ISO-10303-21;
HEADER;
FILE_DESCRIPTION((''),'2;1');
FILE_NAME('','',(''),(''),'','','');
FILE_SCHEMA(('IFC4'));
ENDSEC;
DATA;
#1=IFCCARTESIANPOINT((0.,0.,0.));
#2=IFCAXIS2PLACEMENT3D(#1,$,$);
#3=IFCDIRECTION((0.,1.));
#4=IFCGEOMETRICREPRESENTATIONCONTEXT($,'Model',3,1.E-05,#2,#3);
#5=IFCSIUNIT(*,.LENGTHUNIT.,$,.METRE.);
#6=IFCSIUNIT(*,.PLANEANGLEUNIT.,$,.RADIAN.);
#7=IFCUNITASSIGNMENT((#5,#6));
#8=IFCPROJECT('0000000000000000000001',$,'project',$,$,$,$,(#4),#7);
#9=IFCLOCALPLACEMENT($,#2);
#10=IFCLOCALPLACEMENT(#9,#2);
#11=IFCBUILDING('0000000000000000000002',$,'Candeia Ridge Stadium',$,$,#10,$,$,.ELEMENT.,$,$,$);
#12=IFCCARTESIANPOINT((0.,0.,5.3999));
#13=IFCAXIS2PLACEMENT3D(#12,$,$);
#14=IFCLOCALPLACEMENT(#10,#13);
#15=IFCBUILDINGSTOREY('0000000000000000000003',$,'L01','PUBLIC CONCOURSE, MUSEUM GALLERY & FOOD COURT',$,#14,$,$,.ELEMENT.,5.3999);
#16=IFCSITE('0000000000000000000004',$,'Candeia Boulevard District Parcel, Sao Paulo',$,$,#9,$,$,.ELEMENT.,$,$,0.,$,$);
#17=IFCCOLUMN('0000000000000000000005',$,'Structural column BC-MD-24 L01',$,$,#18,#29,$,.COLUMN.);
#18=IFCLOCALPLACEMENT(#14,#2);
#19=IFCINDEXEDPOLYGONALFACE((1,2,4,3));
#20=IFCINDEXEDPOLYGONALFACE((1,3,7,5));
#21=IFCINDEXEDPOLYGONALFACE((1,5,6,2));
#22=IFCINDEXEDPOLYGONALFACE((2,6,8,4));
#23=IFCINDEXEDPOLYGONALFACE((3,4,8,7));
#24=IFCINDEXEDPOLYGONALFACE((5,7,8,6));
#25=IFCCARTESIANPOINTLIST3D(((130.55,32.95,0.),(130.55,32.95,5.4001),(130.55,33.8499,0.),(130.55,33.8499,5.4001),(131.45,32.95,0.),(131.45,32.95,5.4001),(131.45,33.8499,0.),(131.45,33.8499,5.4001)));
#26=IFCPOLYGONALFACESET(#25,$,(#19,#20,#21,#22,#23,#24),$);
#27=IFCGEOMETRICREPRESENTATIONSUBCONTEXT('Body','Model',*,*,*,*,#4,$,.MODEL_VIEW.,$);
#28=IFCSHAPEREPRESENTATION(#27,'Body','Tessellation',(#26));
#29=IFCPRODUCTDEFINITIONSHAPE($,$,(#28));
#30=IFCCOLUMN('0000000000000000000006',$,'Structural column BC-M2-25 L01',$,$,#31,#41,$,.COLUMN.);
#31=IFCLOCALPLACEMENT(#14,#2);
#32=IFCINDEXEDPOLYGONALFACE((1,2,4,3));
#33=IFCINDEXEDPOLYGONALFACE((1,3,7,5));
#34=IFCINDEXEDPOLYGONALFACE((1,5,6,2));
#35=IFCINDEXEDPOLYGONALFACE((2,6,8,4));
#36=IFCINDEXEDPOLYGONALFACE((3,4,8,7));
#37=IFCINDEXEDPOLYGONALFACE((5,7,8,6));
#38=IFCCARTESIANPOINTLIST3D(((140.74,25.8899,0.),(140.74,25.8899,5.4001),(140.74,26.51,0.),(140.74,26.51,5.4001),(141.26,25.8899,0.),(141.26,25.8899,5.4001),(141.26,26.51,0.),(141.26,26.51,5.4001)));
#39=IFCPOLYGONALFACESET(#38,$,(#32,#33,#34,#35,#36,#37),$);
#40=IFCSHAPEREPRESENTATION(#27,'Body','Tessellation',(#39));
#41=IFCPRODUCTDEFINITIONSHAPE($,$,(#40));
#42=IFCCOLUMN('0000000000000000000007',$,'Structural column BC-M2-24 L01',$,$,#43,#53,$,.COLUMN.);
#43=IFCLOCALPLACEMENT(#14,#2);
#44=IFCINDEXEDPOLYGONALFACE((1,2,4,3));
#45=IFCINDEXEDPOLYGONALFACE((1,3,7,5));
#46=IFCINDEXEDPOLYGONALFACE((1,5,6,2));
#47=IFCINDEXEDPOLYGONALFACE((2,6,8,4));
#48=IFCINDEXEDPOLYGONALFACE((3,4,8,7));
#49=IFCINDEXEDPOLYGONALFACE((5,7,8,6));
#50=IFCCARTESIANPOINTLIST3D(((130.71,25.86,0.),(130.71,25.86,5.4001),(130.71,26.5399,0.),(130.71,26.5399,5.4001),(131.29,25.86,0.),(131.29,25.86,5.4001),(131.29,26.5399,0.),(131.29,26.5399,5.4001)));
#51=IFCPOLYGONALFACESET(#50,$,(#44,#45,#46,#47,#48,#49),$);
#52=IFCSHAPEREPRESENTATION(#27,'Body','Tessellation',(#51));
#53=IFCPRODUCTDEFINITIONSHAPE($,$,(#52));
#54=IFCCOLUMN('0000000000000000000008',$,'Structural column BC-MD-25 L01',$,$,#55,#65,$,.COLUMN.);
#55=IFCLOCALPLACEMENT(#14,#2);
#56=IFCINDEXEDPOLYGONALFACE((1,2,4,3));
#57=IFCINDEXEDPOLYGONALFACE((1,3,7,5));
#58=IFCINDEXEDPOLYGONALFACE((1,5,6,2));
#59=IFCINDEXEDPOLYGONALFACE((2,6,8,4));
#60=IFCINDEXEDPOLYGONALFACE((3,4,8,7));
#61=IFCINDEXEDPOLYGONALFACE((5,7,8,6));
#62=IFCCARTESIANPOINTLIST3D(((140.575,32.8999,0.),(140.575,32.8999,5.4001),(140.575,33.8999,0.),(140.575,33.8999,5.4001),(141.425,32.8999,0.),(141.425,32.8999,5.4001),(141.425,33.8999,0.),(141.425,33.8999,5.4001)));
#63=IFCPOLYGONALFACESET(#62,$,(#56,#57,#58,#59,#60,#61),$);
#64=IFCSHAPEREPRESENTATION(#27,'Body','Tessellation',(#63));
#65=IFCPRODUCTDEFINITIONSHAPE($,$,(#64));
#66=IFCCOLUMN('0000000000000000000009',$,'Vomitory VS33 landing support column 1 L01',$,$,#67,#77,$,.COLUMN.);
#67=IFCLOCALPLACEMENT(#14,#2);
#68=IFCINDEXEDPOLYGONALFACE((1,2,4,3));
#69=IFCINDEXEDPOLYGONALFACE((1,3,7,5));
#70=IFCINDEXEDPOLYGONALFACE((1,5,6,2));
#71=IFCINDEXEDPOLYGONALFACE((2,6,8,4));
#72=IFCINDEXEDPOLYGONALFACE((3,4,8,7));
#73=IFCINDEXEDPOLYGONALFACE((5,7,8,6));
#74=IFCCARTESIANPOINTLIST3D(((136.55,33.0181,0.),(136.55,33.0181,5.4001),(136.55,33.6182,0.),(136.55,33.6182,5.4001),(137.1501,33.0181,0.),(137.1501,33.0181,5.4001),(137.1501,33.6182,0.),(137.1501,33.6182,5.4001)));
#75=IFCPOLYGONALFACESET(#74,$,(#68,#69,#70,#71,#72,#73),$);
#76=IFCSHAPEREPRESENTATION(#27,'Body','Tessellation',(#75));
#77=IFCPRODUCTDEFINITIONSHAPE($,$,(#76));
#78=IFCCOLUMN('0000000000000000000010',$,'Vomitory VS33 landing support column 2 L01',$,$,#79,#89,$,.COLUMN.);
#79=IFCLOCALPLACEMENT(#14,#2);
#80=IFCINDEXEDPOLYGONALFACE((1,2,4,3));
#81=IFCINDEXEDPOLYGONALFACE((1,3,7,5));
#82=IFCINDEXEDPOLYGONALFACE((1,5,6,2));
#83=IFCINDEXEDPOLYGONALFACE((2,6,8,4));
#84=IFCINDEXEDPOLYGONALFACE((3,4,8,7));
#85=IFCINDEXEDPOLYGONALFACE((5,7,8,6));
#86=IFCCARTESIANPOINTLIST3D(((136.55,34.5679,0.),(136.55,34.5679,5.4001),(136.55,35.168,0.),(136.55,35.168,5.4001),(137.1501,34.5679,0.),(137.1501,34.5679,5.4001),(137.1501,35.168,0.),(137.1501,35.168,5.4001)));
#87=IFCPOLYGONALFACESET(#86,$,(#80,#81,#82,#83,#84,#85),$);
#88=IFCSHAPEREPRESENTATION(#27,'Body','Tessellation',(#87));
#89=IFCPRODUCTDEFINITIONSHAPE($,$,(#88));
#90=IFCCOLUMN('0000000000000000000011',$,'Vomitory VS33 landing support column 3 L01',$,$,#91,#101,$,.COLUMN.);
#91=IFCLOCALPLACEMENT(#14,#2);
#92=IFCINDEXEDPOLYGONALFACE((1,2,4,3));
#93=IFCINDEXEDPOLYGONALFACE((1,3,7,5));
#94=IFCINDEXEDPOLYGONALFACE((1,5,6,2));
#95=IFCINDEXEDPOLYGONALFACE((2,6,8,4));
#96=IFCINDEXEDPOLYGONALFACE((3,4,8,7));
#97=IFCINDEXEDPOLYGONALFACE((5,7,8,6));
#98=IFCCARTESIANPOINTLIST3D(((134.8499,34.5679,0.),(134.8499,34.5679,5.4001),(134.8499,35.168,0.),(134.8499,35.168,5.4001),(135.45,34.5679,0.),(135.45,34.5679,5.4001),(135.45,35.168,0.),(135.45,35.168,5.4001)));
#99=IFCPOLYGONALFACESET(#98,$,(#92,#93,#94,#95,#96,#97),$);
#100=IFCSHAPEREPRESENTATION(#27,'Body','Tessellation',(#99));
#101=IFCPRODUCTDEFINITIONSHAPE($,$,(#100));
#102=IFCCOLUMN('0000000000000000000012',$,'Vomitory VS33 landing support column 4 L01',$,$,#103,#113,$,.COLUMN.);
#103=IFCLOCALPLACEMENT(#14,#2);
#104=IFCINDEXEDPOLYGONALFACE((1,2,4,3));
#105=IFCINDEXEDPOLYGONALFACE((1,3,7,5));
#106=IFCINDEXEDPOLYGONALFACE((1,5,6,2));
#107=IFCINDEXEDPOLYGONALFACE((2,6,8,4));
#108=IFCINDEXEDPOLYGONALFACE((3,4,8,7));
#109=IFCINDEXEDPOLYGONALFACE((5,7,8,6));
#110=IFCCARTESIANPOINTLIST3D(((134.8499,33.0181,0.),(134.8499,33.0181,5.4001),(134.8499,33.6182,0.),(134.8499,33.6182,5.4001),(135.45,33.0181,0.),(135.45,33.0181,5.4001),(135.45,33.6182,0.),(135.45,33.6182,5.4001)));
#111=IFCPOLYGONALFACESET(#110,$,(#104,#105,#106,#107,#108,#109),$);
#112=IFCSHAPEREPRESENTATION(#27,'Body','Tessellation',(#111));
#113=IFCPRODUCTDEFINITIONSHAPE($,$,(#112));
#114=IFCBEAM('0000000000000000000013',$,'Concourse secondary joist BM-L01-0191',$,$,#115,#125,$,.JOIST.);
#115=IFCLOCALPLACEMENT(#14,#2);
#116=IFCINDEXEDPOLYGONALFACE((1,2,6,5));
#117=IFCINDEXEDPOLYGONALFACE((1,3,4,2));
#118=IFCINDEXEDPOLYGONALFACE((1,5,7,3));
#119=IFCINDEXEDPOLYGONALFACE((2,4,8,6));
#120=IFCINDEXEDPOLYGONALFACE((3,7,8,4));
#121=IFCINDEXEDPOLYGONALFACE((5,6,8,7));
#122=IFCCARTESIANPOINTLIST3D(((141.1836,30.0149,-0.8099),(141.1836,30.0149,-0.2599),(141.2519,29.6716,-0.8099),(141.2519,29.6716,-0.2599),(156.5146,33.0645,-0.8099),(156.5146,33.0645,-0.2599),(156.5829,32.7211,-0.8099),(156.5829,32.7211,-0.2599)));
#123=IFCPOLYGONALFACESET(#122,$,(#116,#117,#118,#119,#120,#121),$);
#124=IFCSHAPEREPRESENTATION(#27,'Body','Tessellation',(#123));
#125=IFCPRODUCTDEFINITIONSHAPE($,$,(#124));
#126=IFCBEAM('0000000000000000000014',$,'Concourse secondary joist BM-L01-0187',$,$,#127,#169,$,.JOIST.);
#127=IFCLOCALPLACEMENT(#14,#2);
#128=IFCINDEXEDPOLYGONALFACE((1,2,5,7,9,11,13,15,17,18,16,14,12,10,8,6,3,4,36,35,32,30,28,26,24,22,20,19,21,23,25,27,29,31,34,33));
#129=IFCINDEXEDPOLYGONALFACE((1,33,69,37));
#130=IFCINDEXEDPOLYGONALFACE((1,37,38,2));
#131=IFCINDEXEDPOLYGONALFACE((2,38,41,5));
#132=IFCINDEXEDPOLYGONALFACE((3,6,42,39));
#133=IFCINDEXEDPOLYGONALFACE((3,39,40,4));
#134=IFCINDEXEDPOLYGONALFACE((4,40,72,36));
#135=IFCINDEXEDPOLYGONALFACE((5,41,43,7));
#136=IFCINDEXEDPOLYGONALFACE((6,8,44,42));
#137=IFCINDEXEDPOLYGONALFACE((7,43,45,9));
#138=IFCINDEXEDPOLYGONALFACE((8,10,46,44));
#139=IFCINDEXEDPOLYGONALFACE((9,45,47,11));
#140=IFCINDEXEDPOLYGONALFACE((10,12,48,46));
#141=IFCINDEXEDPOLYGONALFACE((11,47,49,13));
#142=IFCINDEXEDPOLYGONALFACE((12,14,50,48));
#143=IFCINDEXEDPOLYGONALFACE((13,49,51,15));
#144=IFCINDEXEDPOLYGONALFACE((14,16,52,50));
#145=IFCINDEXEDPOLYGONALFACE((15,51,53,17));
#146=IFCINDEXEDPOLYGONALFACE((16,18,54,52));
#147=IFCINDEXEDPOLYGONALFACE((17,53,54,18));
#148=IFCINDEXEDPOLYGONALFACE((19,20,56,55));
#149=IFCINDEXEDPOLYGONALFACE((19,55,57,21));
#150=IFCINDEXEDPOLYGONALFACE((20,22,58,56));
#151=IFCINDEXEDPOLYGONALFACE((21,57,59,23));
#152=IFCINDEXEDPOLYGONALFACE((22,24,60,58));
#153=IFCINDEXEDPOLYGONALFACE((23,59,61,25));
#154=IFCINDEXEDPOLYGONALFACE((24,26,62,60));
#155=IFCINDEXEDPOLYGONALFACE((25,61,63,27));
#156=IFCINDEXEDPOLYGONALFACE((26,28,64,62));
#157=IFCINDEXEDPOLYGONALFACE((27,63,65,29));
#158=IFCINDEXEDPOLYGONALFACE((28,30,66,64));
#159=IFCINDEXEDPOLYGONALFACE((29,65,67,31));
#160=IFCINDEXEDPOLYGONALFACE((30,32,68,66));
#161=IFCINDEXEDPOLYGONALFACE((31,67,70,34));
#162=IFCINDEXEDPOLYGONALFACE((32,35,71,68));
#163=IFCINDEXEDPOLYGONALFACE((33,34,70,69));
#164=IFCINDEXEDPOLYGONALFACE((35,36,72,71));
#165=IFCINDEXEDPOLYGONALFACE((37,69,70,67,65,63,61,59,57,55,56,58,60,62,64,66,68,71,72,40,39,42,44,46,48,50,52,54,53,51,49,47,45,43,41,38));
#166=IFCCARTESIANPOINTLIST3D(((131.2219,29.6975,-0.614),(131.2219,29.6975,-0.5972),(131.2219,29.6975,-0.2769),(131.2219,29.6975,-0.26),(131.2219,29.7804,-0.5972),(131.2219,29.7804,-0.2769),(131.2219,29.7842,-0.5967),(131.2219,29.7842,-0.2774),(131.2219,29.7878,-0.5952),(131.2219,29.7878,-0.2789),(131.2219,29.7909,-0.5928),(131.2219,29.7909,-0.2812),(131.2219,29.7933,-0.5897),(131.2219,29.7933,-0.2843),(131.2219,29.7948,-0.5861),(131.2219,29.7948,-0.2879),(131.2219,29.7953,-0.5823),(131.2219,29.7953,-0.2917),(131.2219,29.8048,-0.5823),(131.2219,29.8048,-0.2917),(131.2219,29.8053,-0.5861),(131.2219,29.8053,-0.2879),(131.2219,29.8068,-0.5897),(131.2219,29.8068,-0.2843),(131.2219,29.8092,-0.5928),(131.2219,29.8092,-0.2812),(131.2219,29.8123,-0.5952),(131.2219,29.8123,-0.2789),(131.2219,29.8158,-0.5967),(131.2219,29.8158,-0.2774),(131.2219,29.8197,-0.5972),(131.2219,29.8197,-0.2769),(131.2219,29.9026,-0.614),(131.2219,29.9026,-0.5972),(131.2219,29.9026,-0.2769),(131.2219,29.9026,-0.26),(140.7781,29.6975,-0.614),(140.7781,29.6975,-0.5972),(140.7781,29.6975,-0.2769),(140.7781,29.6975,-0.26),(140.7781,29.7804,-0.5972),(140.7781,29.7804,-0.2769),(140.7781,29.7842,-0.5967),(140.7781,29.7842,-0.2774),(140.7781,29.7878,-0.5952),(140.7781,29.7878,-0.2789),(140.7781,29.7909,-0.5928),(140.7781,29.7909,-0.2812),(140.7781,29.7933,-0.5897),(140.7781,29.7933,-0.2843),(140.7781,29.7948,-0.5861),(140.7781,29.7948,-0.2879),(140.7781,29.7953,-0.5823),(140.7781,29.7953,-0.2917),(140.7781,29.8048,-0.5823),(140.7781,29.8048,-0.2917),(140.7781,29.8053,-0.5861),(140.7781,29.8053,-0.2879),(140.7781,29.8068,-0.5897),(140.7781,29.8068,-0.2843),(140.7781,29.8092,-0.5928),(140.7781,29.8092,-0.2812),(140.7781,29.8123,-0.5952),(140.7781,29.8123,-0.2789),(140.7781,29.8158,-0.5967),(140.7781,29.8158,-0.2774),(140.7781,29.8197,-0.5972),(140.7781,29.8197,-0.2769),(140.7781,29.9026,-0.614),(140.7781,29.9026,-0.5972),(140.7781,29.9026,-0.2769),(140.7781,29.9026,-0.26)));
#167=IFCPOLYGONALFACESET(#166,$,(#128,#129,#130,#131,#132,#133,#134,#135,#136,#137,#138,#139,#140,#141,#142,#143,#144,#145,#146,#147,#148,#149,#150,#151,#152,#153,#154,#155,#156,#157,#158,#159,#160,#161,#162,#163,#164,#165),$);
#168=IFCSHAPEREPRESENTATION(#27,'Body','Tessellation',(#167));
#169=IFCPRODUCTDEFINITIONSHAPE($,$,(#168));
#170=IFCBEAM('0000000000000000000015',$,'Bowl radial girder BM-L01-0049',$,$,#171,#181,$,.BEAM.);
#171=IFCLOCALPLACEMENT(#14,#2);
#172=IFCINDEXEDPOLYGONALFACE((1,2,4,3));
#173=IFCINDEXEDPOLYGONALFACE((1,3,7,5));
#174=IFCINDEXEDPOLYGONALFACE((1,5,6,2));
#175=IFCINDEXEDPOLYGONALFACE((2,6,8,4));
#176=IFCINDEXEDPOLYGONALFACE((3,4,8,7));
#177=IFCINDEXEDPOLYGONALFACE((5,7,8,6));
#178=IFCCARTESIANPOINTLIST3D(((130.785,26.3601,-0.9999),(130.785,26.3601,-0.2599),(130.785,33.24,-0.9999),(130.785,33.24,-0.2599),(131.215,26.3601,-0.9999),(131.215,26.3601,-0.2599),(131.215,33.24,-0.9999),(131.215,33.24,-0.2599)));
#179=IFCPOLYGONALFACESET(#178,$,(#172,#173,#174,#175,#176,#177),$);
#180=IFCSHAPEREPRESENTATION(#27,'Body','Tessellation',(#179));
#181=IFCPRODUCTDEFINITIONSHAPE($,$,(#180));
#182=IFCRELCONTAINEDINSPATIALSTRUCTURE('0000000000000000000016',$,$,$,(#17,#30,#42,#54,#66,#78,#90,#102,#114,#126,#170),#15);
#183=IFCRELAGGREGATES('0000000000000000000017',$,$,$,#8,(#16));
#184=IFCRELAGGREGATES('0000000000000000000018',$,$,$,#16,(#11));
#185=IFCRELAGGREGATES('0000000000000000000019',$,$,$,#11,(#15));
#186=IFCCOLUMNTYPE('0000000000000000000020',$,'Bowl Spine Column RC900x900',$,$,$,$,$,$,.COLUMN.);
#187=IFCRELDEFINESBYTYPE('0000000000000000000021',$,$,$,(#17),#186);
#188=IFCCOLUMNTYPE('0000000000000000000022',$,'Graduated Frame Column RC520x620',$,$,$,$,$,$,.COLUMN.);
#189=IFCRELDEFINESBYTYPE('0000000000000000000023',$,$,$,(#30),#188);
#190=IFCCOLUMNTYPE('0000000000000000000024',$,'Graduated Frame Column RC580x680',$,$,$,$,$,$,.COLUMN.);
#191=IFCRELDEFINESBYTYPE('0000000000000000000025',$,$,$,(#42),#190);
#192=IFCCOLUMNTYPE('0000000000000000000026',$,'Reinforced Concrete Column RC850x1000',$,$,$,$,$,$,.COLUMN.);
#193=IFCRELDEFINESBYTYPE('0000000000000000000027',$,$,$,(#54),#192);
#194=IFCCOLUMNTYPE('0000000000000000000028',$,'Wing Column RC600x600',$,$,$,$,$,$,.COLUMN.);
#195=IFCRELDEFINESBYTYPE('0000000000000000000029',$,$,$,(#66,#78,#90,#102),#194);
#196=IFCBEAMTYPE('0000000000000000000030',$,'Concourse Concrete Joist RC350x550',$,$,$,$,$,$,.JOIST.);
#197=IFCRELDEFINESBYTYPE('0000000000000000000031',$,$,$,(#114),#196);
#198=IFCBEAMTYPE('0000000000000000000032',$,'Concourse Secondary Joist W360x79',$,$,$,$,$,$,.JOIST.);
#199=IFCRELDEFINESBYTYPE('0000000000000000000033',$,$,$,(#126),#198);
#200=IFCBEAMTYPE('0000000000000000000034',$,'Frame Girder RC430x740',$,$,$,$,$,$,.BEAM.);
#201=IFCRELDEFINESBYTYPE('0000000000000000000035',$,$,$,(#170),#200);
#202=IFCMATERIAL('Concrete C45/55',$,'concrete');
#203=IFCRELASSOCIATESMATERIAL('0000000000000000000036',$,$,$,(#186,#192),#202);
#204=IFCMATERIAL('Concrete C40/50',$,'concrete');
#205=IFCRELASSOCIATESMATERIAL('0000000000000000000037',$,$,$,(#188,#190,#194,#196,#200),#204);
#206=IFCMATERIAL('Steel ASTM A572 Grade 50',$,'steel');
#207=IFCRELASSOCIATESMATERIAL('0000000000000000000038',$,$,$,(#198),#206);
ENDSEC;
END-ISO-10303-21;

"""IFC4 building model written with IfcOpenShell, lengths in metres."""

from ifc_helpers import new_model, si_unit, direction, frame, origin, origin_2d, place, context, subcontext, project, spatial, rectangle, i_section, extrude, material, material_profile, profile_set, type_object, element, save


model = new_model("IFC4")

# Units and contexts
model_context = context("Model", 3, precision=1e-05, world=origin(), true_north=direction((0.0, 1.0)))
body_context = subcontext(model_context, "Body", "Model", "MODEL_VIEW")
ifc_project = project(units=[si_unit("LENGTHUNIT", "METRE"), si_unit("PLANEANGLEUNIT", "RADIAN")], contexts=[model_context])

# Site, building, storey
site_placement = place(None, origin())
site = spatial("IfcSite", under=ifc_project, at=site_placement, Name="Candeia Boulevard District Parcel, Sao Paulo", CompositionType="ELEMENT", RefElevation=0.0)
building_placement = place(site_placement, origin())
building = spatial("IfcBuilding", under=site, at=building_placement, Name="Candeia Ridge Stadium", CompositionType="ELEMENT")
storey_placement = place(building_placement, frame((0.0, 0.0, 5.3999)))
storey = spatial("IfcBuildingStorey", under=building, at=storey_placement, Name="L01", Description="PUBLIC CONCOURSE, MUSEUM GALLERY & FOOD COURT", CompositionType="ELEMENT", Elevation=5.3999)

# Columns
ifc_material_1 = material(Name="Concrete C45/55", Category="concrete")
ifc_material_profile_1 = material_profile(ifc_material_1, rectangle(XDim=0.8999, YDim=0.8999, at=origin_2d()), Name="RC900x900", Category="concrete")
ifc_profile_set_1 = profile_set([ifc_material_profile_1], Name="Concrete C45/55")
column_type_1 = type_object("IfcColumnType", Name="Bowl Spine Column RC900x900", PredefinedType="COLUMN", material=ifc_profile_set_1)
column_1_placement = place(storey_placement, frame((131.0, 33.3999, 0.0), z_axis=(0.0, 0.0, 1.0), x_axis=(1.0, 0.0, 0.0)))
element("IfcColumn", 1, at=column_1_placement, inside=storey, type_object=column_type_1, Name="Structural column BC-MD-24 L01", PredefinedType="COLUMN", context=body_context, shape_type="SweptSolid", body=[
    extrude(rectangle(XDim=0.8999, YDim=0.8999, at=origin_2d()), origin(), (0.0, 0.0, 1.0), 5.4001),
])
ifc_material_2 = material(Name="Concrete C40/50", Category="concrete")
ifc_material_profile_2 = material_profile(ifc_material_2, rectangle(XDim=0.52, YDim=0.6201, at=origin_2d()), Name="RC520x620", Category="concrete")
ifc_profile_set_2 = profile_set([ifc_material_profile_2], Name="Concrete C40/50")
column_type_2 = type_object("IfcColumnType", Name="Graduated Frame Column RC520x620", PredefinedType="COLUMN", material=ifc_profile_set_2)
column_2_placement = place(storey_placement, frame((141.0, 26.2, 0.0), z_axis=(0.0, 0.0, 1.0), x_axis=(1.0, 0.0, 0.0)))
element("IfcColumn", 2, at=column_2_placement, inside=storey, type_object=column_type_2, Name="Structural column BC-M2-25 L01", PredefinedType="COLUMN", context=body_context, shape_type="SweptSolid", body=[
    extrude(rectangle(XDim=0.52, YDim=0.6201, at=origin_2d()), origin(), (0.0, 0.0, 1.0), 5.4001),
])
ifc_material_profile_3 = material_profile(ifc_material_2, rectangle(XDim=0.5801, YDim=0.6799, at=origin_2d()), Name="RC580x680", Category="concrete")
ifc_profile_set_3 = profile_set([ifc_material_profile_3], Name="Concrete C40/50")
column_type_3 = type_object("IfcColumnType", Name="Graduated Frame Column RC580x680", PredefinedType="COLUMN", material=ifc_profile_set_3)
column_3_placement = place(storey_placement, frame((131.0, 26.2, 0.0), z_axis=(0.0, 0.0, 1.0), x_axis=(1.0, 0.0, 0.0)))
element("IfcColumn", 3, at=column_3_placement, inside=storey, type_object=column_type_3, Name="Structural column BC-M2-24 L01", PredefinedType="COLUMN", context=body_context, shape_type="SweptSolid", body=[
    extrude(rectangle(XDim=0.5801, YDim=0.6799, at=origin_2d()), origin(), (0.0, 0.0, 1.0), 5.4001),
])
ifc_material_profile_4 = material_profile(ifc_material_1, rectangle(XDim=0.8501, YDim=1.0, at=origin_2d()), Name="RC850x1000", Category="concrete")
ifc_profile_set_4 = profile_set([ifc_material_profile_4], Name="Concrete C45/55")
column_type_4 = type_object("IfcColumnType", Name="Reinforced Concrete Column RC850x1000", PredefinedType="COLUMN", material=ifc_profile_set_4)
column_4_placement = place(storey_placement, frame((141.0, 33.3999, 0.0), z_axis=(0.0, 0.0, 1.0), x_axis=(1.0, 0.0, 0.0)))
element("IfcColumn", 4, at=column_4_placement, inside=storey, type_object=column_type_4, Name="Structural column BC-MD-25 L01", PredefinedType="COLUMN", context=body_context, shape_type="SweptSolid", body=[
    extrude(rectangle(XDim=0.8501, YDim=1.0, at=origin_2d()), origin(), (0.0, 0.0, 1.0), 5.4001),
])
ifc_material_profile_5 = material_profile(ifc_material_2, rectangle(XDim=0.6001, YDim=0.6001, at=origin_2d()), Name="RC600x600", Category="concrete")
ifc_profile_set_5 = profile_set([ifc_material_profile_5], Name="Concrete C40/50")
column_type_5 = type_object("IfcColumnType", Name="Wing Column RC600x600", PredefinedType="COLUMN", material=ifc_profile_set_5)
for number, where, z_axis, x_axis, name in (
    (5, (136.8501, 33.3181, 0.0), (0.0, 0.0, 1.0), (1.0, 0.0, 0.0), "Vomitory VS33 landing support column 1 L01"),
    (6, (136.8501, 34.8679, 0.0), (0.0, 0.0, 1.0), (1.0, 0.0, 0.0), "Vomitory VS33 landing support column 2 L01"),
    (7, (135.1499, 34.8679, 0.0), (0.0, 0.0, 1.0), (1.0, 0.0, 0.0), "Vomitory VS33 landing support column 3 L01"),
    (8, (135.1499, 33.3181, 0.0), (0.0, 0.0, 1.0), (1.0, 0.0, 0.0), "Vomitory VS33 landing support column 4 L01"),
):
    element("IfcColumn", number, at=place(storey_placement, frame(where, z_axis=z_axis, x_axis=x_axis)), inside=storey, type_object=column_type_5, Name=name, PredefinedType="COLUMN", context=body_context, shape_type="SweptSolid", body=[
        extrude(rectangle(XDim=0.6001, YDim=0.6001, at=origin_2d()), origin(), (0.0, 0.0, 1.0), 5.4001),
    ])

# Beams
ifc_material_profile_6 = material_profile(ifc_material_2, rectangle(XDim=0.3501, YDim=0.55, at=origin_2d()), Name="RC350x550", Category="concrete")
ifc_profile_set_6 = profile_set([ifc_material_profile_6], Name="Concrete C40/50")
beam_type_1 = type_object("IfcBeamType", Name="Concourse Concrete Joist RC350x550", PredefinedType="JOIST", material=ifc_profile_set_6)
beam_1_placement = place(storey_placement, frame((141.2178, 29.8433, -0.5349), z_axis=(0.980785, 0.195092, 0.0), x_axis=(-0.195092, 0.980785, 0.0)))
element("IfcBeam", 9, at=beam_1_placement, inside=storey, type_object=beam_type_1, Name="Concourse secondary joist BM-L01-0191", PredefinedType="JOIST", context=body_context, shape_type="SweptSolid", body=[
    extrude(rectangle(XDim=0.3501, YDim=0.55, at=origin_2d()), origin(), (0.0, 0.0, 1.0), 15.6313),
])
ifc_material_3 = material(Name="Steel ASTM A572 Grade 50", Category="steel")
ifc_material_profile_7 = material_profile(ifc_material_3, i_section(OverallWidth=0.2051, OverallDepth=0.354, WebThickness=0.0095, FlangeThickness=0.0168, FilletRadius=0.0149, at=origin_2d()), Name="W360x79", Category="steel")
ifc_profile_set_7 = profile_set([ifc_material_profile_7], Name="Steel ASTM A572 Grade 50")
beam_type_2 = type_object("IfcBeamType", Name="Concourse Secondary Joist W360x79", PredefinedType="JOIST", material=ifc_profile_set_7)
beam_2_placement = place(storey_placement, frame((131.2219, 29.8, -0.437), z_axis=(1.0, 0.0, 0.0), x_axis=(0.0, 1.0, 0.0)))
element("IfcBeam", 10, at=beam_2_placement, inside=storey, type_object=beam_type_2, Name="Concourse secondary joist BM-L01-0187", PredefinedType="JOIST", context=body_context, shape_type="SweptSolid", body=[
    extrude(i_section(OverallWidth=0.2051, OverallDepth=0.354, WebThickness=0.0095, FlangeThickness=0.0168, FilletRadius=0.0149, at=origin_2d()), origin(), (0.0, 0.0, 1.0), 9.5562),
])
ifc_material_profile_8 = material_profile(ifc_material_2, rectangle(XDim=0.4299, YDim=0.74, at=origin_2d()), Name="RC430x740", Category="concrete")
ifc_profile_set_8 = profile_set([ifc_material_profile_8], Name="Concrete C40/50")
beam_type_3 = type_object("IfcBeamType", Name="Frame Girder RC430x740", PredefinedType="BEAM", material=ifc_profile_set_8)
beam_3_placement = place(storey_placement, frame((131.0, 33.24, -0.6299), z_axis=(0.0, -1.0, 0.0), x_axis=(1.0, 0.0, 0.0)))
element("IfcBeam", 11, at=beam_3_placement, inside=storey, type_object=beam_type_3, Name="Bowl radial girder BM-L01-0049", PredefinedType="BEAM", context=body_context, shape_type="SweptSolid", body=[
    extrude(rectangle(XDim=0.4299, YDim=0.74, at=origin_2d()), origin(), (0.0, 0.0, 1.0), 6.8799),
])

save(model, "model.ifc")
